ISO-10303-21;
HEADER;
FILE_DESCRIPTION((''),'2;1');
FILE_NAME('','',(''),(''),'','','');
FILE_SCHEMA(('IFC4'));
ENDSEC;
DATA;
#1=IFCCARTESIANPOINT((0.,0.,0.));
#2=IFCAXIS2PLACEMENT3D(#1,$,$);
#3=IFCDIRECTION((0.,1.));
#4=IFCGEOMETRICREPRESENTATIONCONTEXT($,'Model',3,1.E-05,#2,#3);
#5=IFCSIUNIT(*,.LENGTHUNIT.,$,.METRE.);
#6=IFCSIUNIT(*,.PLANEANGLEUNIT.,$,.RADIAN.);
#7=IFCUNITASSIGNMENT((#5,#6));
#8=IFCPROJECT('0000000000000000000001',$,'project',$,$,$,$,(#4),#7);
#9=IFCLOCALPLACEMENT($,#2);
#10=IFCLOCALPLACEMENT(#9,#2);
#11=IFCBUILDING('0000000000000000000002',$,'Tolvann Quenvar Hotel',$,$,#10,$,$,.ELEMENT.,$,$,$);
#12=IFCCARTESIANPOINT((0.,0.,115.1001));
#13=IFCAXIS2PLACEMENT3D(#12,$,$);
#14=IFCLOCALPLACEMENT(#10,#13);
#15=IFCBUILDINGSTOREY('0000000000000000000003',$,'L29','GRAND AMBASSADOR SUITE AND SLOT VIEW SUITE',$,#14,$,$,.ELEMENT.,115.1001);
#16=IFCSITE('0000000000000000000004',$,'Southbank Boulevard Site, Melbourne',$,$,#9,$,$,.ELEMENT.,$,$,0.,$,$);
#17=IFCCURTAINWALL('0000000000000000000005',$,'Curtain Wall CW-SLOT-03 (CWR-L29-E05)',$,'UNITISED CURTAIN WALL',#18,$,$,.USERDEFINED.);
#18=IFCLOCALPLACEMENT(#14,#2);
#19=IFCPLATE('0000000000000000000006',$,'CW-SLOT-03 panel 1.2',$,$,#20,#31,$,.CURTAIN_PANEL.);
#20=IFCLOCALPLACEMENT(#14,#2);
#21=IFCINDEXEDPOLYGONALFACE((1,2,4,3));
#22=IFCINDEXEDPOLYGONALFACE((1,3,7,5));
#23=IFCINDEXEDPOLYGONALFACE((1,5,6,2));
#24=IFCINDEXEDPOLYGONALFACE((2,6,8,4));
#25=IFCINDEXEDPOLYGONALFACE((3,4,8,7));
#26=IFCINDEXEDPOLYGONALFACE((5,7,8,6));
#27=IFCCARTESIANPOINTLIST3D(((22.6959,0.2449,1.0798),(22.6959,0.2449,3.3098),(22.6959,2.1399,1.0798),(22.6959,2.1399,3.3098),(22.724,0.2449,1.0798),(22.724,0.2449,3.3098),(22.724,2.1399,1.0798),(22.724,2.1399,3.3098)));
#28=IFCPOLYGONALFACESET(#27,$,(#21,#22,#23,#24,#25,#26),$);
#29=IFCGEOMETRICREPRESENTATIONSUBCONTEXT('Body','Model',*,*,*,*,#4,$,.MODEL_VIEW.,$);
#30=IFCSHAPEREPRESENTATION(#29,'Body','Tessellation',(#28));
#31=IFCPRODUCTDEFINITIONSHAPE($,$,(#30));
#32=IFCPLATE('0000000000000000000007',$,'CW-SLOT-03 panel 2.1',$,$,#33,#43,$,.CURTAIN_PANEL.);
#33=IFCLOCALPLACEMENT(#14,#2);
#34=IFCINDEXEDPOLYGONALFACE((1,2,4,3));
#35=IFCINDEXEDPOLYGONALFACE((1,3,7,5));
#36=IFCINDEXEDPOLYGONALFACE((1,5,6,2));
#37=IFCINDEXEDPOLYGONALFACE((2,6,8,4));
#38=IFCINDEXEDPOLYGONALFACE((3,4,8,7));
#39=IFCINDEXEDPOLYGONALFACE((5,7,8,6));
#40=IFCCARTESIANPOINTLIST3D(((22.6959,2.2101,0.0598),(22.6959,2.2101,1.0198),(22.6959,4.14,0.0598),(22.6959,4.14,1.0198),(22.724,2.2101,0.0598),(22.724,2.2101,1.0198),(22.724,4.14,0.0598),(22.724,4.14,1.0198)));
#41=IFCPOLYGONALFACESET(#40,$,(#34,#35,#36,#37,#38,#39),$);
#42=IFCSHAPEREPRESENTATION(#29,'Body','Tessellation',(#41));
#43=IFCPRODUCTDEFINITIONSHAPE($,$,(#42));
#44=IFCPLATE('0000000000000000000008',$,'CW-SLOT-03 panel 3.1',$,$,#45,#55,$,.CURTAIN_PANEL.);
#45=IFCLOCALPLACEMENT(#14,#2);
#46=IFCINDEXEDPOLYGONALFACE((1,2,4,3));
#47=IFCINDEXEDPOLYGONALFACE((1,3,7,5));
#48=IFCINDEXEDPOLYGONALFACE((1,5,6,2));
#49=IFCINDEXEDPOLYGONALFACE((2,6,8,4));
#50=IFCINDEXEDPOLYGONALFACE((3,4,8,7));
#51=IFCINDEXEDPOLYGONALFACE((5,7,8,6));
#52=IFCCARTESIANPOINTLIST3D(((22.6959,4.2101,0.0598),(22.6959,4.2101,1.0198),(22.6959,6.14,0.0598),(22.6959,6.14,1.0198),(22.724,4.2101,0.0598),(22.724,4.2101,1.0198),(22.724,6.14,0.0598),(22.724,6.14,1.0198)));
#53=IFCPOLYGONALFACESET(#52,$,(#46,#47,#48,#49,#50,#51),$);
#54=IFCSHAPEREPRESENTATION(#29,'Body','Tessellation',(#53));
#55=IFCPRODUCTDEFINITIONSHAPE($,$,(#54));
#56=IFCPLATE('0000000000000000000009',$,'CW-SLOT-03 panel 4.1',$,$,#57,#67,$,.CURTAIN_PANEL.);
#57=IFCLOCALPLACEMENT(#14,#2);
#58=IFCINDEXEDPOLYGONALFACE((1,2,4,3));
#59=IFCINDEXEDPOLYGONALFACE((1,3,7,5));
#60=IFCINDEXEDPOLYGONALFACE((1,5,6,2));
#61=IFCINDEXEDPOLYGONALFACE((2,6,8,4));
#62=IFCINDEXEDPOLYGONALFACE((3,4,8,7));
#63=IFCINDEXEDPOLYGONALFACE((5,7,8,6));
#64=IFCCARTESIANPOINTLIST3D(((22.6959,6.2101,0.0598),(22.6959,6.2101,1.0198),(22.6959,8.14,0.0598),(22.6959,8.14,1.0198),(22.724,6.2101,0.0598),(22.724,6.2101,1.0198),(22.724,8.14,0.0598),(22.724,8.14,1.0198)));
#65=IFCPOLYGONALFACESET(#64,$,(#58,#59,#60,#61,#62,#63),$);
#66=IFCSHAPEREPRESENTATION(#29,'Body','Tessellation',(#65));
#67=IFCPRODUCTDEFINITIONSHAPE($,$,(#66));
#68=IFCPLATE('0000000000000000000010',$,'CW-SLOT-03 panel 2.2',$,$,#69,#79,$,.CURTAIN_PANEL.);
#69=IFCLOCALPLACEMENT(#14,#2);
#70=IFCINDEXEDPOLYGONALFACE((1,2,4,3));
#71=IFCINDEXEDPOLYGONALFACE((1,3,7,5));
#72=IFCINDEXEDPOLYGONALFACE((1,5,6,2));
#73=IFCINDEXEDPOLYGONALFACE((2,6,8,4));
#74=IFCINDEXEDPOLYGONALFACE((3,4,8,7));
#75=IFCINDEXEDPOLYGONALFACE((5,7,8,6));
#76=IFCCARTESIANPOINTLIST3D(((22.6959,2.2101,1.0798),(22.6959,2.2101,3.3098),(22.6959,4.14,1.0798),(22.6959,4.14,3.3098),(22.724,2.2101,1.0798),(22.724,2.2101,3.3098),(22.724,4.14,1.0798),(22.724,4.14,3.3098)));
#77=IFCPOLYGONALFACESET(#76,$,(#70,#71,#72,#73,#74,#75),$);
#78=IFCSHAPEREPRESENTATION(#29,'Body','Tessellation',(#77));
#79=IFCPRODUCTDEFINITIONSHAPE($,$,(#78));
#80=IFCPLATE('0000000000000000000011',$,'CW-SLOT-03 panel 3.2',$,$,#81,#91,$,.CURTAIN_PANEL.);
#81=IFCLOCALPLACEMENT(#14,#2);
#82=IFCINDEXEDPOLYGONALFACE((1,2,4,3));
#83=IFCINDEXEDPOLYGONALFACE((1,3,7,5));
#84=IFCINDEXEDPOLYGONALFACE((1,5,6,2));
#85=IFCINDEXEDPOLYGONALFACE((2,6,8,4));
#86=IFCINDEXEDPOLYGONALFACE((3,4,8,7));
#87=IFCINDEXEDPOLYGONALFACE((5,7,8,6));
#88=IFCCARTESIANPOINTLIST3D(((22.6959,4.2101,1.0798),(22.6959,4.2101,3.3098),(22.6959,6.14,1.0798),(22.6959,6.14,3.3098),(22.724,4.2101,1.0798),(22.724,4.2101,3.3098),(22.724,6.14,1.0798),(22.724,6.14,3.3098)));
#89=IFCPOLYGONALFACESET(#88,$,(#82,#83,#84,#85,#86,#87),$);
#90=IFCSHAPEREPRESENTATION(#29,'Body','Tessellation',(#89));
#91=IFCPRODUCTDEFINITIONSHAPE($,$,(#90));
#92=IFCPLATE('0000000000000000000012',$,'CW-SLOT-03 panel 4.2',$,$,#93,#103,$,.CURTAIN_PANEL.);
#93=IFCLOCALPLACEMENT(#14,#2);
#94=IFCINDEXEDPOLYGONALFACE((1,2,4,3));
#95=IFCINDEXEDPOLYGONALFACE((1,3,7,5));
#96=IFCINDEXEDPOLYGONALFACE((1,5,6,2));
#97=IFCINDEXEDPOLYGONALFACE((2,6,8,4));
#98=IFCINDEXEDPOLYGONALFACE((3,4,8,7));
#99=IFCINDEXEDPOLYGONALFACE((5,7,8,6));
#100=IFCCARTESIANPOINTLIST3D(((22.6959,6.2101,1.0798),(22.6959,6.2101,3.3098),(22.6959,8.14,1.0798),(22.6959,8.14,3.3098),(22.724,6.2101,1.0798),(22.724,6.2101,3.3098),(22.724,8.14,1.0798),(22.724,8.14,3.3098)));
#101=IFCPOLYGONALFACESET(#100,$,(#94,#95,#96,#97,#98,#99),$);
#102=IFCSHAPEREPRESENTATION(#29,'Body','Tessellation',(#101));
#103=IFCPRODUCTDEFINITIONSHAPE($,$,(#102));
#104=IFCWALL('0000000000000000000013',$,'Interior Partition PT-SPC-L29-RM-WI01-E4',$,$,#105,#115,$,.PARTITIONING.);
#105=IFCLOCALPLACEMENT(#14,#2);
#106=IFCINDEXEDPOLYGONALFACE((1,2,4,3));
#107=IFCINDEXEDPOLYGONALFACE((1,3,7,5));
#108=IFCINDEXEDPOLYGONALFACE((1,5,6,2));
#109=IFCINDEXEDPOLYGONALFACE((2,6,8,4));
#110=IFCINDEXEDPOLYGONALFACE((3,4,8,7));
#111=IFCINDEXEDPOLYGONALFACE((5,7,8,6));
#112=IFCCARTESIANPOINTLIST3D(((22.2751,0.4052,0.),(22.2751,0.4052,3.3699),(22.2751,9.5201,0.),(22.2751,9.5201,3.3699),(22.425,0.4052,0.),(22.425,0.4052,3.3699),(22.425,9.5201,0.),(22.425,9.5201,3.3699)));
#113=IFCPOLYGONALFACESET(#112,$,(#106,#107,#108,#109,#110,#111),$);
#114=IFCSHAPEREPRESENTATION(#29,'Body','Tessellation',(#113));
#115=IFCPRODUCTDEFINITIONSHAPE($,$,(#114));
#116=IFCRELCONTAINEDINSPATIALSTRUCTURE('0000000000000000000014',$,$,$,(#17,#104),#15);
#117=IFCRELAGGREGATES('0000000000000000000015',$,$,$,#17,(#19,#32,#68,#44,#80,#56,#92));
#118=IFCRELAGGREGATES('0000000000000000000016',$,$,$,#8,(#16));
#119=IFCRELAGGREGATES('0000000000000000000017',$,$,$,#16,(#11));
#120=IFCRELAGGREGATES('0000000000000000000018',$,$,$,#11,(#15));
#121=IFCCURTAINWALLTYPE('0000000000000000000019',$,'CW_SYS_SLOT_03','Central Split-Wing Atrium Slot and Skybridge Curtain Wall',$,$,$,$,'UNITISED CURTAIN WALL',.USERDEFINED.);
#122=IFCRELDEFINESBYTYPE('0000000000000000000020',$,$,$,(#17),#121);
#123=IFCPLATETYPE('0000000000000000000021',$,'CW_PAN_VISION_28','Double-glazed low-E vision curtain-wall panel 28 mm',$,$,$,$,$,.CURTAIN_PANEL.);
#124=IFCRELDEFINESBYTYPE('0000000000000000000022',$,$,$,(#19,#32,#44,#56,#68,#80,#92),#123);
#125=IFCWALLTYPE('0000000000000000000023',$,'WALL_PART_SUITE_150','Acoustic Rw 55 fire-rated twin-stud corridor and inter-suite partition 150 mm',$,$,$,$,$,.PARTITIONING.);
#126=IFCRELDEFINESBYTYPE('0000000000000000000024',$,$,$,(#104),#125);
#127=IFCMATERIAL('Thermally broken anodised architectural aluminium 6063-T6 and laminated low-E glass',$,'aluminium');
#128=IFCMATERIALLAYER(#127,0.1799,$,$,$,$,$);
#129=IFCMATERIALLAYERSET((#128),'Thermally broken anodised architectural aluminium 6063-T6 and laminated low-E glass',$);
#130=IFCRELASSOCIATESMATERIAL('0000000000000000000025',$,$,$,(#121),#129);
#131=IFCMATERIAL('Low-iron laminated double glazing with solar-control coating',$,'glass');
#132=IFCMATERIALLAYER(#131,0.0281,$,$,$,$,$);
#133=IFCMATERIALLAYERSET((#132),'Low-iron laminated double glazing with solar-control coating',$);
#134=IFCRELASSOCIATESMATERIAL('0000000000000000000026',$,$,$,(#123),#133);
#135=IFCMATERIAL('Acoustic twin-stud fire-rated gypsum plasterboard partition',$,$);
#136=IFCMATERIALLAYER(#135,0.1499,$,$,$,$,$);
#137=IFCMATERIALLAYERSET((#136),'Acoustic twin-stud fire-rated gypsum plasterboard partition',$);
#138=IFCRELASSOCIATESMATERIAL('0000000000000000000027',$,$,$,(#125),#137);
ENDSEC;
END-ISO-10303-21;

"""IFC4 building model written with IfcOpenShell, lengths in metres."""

from ifc_helpers import new_model, si_unit, direction, frame, frame_2d, origin, origin_2d, place, context, subcontext, project, spatial, rectangle, extrude, source, transform, mapped, material, layer, layer_set, type_object, element, aggregate, save


model = new_model("IFC4")

# Units and contexts
model_context = context("Model", 3, precision=1e-05, world=origin(), true_north=direction((0.0, 1.0)))
body_context = subcontext(model_context, "Body", "Model", "MODEL_VIEW")
ifc_project = project(units=[si_unit("LENGTHUNIT", "METRE"), si_unit("PLANEANGLEUNIT", "RADIAN")], contexts=[model_context])

# Site, building, storey
site_placement = place(None, origin())
site = spatial("IfcSite", under=ifc_project, at=site_placement, Name="Southbank Boulevard Site, Melbourne", CompositionType="ELEMENT", RefElevation=0.0)
building_placement = place(site_placement, origin())
building = spatial("IfcBuilding", under=site, at=building_placement, Name="Tolvann Quenvar Hotel", CompositionType="ELEMENT")
storey_placement = place(building_placement, frame((0.0, 0.0, 115.1001)))
storey = spatial("IfcBuildingStorey", under=building, at=storey_placement, Name="L29", Description="GRAND AMBASSADOR SUITE AND SLOT VIEW SUITE", CompositionType="ELEMENT", Elevation=115.1001)

# Curtain wall, plates
ifc_material_1 = material(Name="Thermally broken anodised architectural aluminium 6063-T6 and laminated low-E glass", Category="aluminium")
ifc_layer_1 = layer(ifc_material_1, 0.1799)
ifc_layer_set_1 = layer_set([ifc_layer_1], Name="Thermally broken anodised architectural aluminium 6063-T6 and laminated low-E glass")
curtain_wall_type = type_object("IfcCurtainWallType", Name="CW_SYS_SLOT_03", Description="Central Split-Wing Atrium Slot and Skybridge Curtain Wall", ElementType="UNITISED CURTAIN WALL", PredefinedType="USERDEFINED", material=ifc_layer_set_1)
curtain_wall_placement = place(storey_placement, origin())
curtain_wall = element("IfcCurtainWall", 1, at=curtain_wall_placement, inside=storey, type_object=curtain_wall_type, Name="Curtain Wall CW-SLOT-03 (CWR-L29-E05)", ObjectType="UNITISED CURTAIN WALL", PredefinedType="USERDEFINED")
ifc_material_2 = material(Name="Low-iron laminated double glazing with solar-control coating", Category="glass")
ifc_layer_2 = layer(ifc_material_2, 0.0281)
ifc_layer_set_2 = layer_set([ifc_layer_2], Name="Low-iron laminated double glazing with solar-control coating")
plate_type = type_object("IfcPlateType", Name="CW_PAN_VISION_28", Description="Double-glazed low-E vision curtain-wall panel 28 mm", PredefinedType="CURTAIN_PANEL", material=ifc_layer_set_2)
shared_shape_1 = source(origin(), body_context, "Body", "SweptSolid", [
    extrude(rectangle(XDim=1.895, YDim=0.0281, at=origin_2d()), origin(), (0.0, 0.0, 1.0), 2.23),
])
plate_1_placement = place(storey_placement, frame((22.71, 1.1924, 1.0798), z_axis=(0.0, 0.0, 1.0), x_axis=(0.0, 1.0, 0.0)))
plate_1 = element("IfcPlate", 2, at=plate_1_placement, type_object=plate_type, Name="CW-SLOT-03 panel 1.2", PredefinedType="CURTAIN_PANEL", context=body_context, shape_type="MappedRepresentation", body=[
    mapped(shared_shape_1, transform((0.0, 0.0, 0.0), x_axis=(1.0, 0.0, 0.0), y_axis=(0.0, 1.0, 0.0), z_axis=(0.0, 0.0, 1.0), scale=1.0)),
])
shared_shape_2 = source(origin(), body_context, "Body", "SweptSolid", [
    extrude(rectangle(XDim=1.9299, YDim=0.0281, at=origin_2d()), origin(), (0.0, 0.0, 1.0), 0.96),
])
plate_2_placement = place(storey_placement, frame((22.71, 3.175, 0.0598), z_axis=(0.0, 0.0, 1.0), x_axis=(0.0, 1.0, 0.0)))
plate_2 = element("IfcPlate", 3, at=plate_2_placement, type_object=plate_type, Name="CW-SLOT-03 panel 2.1", PredefinedType="CURTAIN_PANEL", context=body_context, shape_type="MappedRepresentation", body=[
    mapped(shared_shape_2, transform((0.0, 0.0, 0.0), x_axis=(1.0, 0.0, 0.0), y_axis=(0.0, 1.0, 0.0), z_axis=(0.0, 0.0, 1.0), scale=1.0)),
])
plate_3_placement = place(storey_placement, frame((22.71, 5.175, 0.0598), z_axis=(0.0, 0.0, 1.0), x_axis=(0.0, 1.0, 0.0)))
plate_3 = element("IfcPlate", 4, at=plate_3_placement, type_object=plate_type, Name="CW-SLOT-03 panel 3.1", PredefinedType="CURTAIN_PANEL", context=body_context, shape_type="MappedRepresentation", body=[
    mapped(shared_shape_2, transform((0.0, 0.0, 0.0), x_axis=(1.0, 0.0, 0.0), y_axis=(0.0, 1.0, 0.0), z_axis=(0.0, 0.0, 1.0), scale=1.0)),
])
plate_4_placement = place(storey_placement, frame((22.71, 7.175, 0.0598), z_axis=(0.0, 0.0, 1.0), x_axis=(0.0, 1.0, 0.0)))
plate_4 = element("IfcPlate", 5, at=plate_4_placement, type_object=plate_type, Name="CW-SLOT-03 panel 4.1", PredefinedType="CURTAIN_PANEL", context=body_context, shape_type="MappedRepresentation", body=[
    mapped(shared_shape_2, transform((0.0, 0.0, 0.0), x_axis=(1.0, 0.0, 0.0), y_axis=(0.0, 1.0, 0.0), z_axis=(0.0, 0.0, 1.0), scale=1.0)),
])
shared_shape_3 = source(origin(), body_context, "Body", "SweptSolid", [
    extrude(rectangle(XDim=1.9299, YDim=0.0281, at=origin_2d()), origin(), (0.0, 0.0, 1.0), 2.23),
])
plate_5_placement = place(storey_placement, frame((22.71, 3.175, 1.0798), z_axis=(0.0, 0.0, 1.0), x_axis=(0.0, 1.0, 0.0)))
plate_5 = element("IfcPlate", 6, at=plate_5_placement, type_object=plate_type, Name="CW-SLOT-03 panel 2.2", PredefinedType="CURTAIN_PANEL", context=body_context, shape_type="MappedRepresentation", body=[
    mapped(shared_shape_3, transform((0.0, 0.0, 0.0), x_axis=(1.0, 0.0, 0.0), y_axis=(0.0, 1.0, 0.0), z_axis=(0.0, 0.0, 1.0), scale=1.0)),
])
plate_6_placement = place(storey_placement, frame((22.71, 5.175, 1.0798), z_axis=(0.0, 0.0, 1.0), x_axis=(0.0, 1.0, 0.0)))
plate_6 = element("IfcPlate", 7, at=plate_6_placement, type_object=plate_type, Name="CW-SLOT-03 panel 3.2", PredefinedType="CURTAIN_PANEL", context=body_context, shape_type="MappedRepresentation", body=[
    mapped(shared_shape_3, transform((0.0, 0.0, 0.0), x_axis=(1.0, 0.0, 0.0), y_axis=(0.0, 1.0, 0.0), z_axis=(0.0, 0.0, 1.0), scale=1.0)),
])
plate_7_placement = place(storey_placement, frame((22.71, 7.175, 1.0798), z_axis=(0.0, 0.0, 1.0), x_axis=(0.0, 1.0, 0.0)))
plate_7 = element("IfcPlate", 8, at=plate_7_placement, type_object=plate_type, Name="CW-SLOT-03 panel 4.2", PredefinedType="CURTAIN_PANEL", context=body_context, shape_type="MappedRepresentation", body=[
    mapped(shared_shape_3, transform((0.0, 0.0, 0.0), x_axis=(1.0, 0.0, 0.0), y_axis=(0.0, 1.0, 0.0), z_axis=(0.0, 0.0, 1.0), scale=1.0)),
])
aggregate(curtain_wall, [plate_1, plate_2, plate_5, plate_3, plate_6, plate_4, plate_7])

# Wall
ifc_material_3 = material(Name="Acoustic twin-stud fire-rated gypsum plasterboard partition")
ifc_layer_3 = layer(ifc_material_3, 0.1499)
ifc_layer_set_3 = layer_set([ifc_layer_3], Name="Acoustic twin-stud fire-rated gypsum plasterboard partition")
wall_type = type_object("IfcWallType", Name="WALL_PART_SUITE_150", Description="Acoustic Rw 55 fire-rated twin-stud corridor and inter-suite partition 150 mm", PredefinedType="PARTITIONING", material=ifc_layer_set_3)
wall_placement = place(storey_placement, frame((22.3501, 0.405, 0.0), z_axis=(0.0, 0.0, 1.0), x_axis=(0.0, 1.0, 0.0)))
element("IfcWall", 9, at=wall_placement, inside=storey, type_object=wall_type, Name="Interior Partition PT-SPC-L29-RM-WI01-E4", PredefinedType="PARTITIONING", context=body_context, shape_type="SweptSolid", body=[
    extrude(rectangle(XDim=9.115, YDim=0.1499, at=frame_2d((4.5576, 0.0))), origin(), (0.0, 0.0, 1.0), 3.3699),
])

save(model, "model.ifc")
